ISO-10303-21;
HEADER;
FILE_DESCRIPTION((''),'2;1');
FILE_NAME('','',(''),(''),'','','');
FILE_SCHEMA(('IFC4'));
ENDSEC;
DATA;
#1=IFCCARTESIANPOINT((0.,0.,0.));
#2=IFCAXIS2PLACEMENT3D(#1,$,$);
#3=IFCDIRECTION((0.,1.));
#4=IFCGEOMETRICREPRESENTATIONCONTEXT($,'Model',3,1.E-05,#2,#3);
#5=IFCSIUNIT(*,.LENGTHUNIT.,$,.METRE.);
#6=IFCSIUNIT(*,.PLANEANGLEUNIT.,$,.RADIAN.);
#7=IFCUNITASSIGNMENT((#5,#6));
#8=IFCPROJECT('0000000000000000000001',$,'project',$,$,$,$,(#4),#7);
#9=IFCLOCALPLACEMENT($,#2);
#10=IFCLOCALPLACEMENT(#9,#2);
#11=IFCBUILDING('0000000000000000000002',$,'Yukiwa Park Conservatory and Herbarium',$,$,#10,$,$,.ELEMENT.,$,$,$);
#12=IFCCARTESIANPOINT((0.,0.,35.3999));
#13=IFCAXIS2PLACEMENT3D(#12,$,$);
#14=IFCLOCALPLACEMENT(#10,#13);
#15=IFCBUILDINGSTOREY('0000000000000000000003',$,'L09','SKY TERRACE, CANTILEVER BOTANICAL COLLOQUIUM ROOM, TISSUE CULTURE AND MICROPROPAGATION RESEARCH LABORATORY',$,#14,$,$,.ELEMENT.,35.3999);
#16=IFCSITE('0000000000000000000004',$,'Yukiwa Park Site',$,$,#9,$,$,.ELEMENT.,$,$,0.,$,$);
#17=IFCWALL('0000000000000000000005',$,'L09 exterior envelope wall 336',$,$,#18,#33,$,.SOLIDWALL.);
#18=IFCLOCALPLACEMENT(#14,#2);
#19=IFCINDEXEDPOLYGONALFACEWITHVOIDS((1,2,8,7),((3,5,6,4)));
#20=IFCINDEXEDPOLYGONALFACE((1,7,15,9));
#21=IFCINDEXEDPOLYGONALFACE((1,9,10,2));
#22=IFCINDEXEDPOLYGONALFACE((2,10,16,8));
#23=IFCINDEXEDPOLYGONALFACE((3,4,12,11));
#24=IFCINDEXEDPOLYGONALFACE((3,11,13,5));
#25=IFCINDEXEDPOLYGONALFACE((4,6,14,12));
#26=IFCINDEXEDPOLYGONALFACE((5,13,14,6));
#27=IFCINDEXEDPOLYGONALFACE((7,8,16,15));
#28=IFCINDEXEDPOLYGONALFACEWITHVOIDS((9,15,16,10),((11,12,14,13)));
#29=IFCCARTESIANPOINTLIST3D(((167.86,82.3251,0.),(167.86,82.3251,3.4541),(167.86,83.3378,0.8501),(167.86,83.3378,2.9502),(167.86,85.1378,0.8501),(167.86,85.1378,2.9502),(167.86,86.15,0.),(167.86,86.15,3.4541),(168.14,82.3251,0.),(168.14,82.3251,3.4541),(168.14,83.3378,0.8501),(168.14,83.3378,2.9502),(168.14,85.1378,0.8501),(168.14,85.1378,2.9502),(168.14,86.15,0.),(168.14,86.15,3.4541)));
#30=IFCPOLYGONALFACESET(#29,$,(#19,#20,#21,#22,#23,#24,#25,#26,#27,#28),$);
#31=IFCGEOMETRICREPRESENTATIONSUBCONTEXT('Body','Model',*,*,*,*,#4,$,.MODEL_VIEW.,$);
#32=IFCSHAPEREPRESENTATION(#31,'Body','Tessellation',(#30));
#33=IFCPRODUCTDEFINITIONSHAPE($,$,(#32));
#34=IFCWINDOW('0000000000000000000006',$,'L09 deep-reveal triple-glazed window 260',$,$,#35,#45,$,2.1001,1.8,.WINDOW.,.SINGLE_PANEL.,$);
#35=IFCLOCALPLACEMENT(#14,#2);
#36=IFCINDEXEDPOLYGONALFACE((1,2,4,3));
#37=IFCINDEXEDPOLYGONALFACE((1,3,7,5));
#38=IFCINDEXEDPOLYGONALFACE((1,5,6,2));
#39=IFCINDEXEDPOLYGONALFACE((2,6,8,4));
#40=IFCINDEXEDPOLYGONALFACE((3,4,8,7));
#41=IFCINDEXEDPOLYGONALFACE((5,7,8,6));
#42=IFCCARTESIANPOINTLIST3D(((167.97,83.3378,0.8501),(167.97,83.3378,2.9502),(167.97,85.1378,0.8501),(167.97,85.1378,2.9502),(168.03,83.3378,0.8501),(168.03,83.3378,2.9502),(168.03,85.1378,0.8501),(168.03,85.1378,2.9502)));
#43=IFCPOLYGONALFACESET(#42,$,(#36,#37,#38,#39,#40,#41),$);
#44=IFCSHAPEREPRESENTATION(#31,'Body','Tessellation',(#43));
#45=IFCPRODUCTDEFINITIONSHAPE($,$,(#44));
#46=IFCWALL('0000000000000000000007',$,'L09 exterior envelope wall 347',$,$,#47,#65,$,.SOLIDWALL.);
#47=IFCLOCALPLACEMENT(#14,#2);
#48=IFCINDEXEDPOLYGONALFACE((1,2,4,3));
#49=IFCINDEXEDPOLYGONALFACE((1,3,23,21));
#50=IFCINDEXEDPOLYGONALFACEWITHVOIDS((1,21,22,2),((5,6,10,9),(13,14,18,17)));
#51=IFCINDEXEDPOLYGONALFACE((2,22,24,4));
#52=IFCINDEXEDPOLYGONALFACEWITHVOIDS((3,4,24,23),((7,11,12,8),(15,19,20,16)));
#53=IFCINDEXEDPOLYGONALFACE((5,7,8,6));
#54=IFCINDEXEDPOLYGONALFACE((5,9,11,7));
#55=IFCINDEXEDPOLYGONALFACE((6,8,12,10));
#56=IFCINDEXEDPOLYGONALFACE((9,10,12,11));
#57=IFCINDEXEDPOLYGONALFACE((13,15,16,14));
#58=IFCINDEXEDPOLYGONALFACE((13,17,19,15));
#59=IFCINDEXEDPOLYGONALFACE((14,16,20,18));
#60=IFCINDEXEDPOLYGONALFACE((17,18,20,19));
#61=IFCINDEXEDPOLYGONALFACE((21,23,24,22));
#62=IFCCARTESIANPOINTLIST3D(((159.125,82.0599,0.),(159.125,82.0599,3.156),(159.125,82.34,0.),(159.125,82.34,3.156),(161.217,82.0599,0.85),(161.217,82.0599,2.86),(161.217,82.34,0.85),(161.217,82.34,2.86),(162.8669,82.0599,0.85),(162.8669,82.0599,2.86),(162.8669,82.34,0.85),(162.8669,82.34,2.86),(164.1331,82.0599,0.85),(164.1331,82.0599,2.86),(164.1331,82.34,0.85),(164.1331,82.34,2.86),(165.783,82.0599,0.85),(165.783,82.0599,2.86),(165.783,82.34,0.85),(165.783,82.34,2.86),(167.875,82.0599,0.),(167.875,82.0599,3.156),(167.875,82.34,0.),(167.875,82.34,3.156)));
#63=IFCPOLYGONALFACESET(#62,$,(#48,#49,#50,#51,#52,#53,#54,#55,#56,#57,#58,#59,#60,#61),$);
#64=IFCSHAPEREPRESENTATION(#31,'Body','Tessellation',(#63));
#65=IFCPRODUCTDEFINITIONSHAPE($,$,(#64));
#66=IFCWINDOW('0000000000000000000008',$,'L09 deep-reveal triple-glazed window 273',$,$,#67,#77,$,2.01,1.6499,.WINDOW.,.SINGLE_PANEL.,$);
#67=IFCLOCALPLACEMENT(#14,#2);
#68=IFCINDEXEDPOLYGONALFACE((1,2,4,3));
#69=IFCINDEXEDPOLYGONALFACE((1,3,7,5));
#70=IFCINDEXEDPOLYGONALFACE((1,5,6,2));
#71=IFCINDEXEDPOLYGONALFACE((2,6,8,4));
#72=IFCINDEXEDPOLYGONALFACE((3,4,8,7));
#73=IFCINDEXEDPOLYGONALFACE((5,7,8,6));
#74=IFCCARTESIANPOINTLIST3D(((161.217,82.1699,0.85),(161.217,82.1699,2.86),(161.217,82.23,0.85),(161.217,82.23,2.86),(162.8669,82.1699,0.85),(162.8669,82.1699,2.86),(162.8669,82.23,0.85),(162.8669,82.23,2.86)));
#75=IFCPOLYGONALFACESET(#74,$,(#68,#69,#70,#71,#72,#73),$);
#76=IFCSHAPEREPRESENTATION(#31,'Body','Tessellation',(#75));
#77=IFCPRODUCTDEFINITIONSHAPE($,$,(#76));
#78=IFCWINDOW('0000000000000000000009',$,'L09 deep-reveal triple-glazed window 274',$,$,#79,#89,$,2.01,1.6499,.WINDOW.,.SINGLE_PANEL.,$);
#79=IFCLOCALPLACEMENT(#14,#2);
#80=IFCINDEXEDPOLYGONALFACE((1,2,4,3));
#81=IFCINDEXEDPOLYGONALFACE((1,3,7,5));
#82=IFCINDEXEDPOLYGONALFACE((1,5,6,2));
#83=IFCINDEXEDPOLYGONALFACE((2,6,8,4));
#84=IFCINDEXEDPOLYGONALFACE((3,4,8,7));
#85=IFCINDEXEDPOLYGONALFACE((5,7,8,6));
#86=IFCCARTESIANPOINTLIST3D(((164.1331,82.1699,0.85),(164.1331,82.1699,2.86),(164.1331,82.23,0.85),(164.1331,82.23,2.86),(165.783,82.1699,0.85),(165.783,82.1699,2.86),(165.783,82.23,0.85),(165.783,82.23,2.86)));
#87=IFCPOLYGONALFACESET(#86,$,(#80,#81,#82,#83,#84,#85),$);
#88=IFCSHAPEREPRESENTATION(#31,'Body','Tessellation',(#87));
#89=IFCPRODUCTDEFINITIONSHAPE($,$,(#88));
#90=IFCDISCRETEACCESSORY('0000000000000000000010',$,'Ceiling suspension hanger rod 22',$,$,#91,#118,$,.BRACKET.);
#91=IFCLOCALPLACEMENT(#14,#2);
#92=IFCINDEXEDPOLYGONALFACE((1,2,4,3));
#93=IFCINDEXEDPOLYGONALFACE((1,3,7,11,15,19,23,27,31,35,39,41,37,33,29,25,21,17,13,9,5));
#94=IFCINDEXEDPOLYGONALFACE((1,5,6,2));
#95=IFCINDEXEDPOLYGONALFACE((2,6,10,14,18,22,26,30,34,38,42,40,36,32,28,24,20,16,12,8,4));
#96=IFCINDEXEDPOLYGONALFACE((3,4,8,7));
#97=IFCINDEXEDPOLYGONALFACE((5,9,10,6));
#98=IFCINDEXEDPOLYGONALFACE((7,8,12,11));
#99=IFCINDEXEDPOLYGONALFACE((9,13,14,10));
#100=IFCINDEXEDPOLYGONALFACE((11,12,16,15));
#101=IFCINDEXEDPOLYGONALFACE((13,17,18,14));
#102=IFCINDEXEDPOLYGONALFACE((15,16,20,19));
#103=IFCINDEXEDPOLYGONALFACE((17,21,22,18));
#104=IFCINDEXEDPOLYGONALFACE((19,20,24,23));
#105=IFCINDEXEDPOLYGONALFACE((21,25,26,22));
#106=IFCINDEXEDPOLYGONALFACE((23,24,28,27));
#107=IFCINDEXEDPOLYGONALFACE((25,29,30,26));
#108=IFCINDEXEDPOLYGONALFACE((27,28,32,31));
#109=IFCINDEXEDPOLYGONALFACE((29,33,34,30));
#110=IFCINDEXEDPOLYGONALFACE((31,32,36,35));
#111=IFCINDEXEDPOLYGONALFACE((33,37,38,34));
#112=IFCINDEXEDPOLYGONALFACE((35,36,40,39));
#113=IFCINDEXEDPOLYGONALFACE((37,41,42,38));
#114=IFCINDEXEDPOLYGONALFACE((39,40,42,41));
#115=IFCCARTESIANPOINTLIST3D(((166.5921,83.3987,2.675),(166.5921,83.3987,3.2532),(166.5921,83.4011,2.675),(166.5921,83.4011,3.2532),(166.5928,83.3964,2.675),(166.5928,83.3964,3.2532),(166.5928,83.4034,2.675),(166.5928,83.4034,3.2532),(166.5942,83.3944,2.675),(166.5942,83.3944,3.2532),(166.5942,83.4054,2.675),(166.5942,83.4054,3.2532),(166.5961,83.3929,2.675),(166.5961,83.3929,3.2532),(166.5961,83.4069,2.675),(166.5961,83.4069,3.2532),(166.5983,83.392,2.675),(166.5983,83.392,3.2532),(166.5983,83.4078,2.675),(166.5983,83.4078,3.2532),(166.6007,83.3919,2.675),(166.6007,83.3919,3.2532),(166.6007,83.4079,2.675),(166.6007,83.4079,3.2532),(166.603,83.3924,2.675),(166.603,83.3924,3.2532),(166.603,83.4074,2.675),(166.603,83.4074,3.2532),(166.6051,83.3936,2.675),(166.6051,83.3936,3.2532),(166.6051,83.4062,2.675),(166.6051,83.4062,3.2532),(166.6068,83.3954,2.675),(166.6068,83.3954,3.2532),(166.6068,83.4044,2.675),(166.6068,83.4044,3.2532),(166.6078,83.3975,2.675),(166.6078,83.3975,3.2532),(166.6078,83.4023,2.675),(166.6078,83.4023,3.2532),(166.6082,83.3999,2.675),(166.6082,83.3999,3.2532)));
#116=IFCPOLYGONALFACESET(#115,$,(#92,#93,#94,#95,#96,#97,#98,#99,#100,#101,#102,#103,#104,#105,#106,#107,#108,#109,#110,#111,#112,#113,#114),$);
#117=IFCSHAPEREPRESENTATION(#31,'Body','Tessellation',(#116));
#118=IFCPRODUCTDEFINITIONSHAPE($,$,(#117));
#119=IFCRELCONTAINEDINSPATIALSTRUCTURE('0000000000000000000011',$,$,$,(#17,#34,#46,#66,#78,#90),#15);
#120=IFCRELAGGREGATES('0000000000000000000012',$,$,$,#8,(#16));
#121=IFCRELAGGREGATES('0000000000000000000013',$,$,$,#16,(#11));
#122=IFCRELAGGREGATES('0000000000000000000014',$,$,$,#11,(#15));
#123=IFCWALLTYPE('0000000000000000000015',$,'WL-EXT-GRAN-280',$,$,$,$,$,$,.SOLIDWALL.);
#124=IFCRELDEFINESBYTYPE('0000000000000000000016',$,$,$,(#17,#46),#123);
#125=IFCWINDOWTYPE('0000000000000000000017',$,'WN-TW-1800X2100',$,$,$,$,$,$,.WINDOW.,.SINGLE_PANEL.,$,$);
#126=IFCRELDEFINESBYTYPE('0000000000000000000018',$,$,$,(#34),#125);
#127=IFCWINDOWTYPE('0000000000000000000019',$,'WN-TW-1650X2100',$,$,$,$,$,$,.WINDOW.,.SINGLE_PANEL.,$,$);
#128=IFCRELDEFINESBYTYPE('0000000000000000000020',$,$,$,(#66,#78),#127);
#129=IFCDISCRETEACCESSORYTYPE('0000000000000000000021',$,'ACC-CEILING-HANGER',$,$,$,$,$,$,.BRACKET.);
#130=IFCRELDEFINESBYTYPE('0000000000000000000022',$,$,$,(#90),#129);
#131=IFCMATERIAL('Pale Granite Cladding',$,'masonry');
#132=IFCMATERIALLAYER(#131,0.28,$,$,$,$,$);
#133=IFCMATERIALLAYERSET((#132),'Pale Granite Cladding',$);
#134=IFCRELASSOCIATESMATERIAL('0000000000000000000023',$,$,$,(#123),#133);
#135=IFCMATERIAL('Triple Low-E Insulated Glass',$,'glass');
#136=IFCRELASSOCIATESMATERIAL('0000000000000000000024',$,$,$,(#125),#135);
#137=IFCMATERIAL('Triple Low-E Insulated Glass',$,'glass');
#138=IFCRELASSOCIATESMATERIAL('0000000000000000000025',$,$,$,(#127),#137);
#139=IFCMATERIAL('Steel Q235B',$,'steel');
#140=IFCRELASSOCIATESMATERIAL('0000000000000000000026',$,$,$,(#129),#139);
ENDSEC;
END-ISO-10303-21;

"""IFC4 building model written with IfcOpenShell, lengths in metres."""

from ifc_helpers import new_model, si_unit, direction, frame, frame_2d, origin, origin_2d, place, context, subcontext, project, spatial, rectangle, circle, extrude, material, layer, layer_set, type_object, element, fill, save


model = new_model("IFC4")

# Units and contexts
model_context = context("Model", 3, precision=1e-05, world=origin(), true_north=direction((0.0, 1.0)))
body_context = subcontext(model_context, "Body", "Model", "MODEL_VIEW")
ifc_project = project(units=[si_unit("LENGTHUNIT", "METRE"), si_unit("PLANEANGLEUNIT", "RADIAN")], contexts=[model_context])

# Site, building, storey
site_placement = place(None, origin())
site = spatial("IfcSite", under=ifc_project, at=site_placement, Name="Yukiwa Park Site", CompositionType="ELEMENT", RefElevation=0.0)
building_placement = place(site_placement, origin())
building = spatial("IfcBuilding", under=site, at=building_placement, Name="Yukiwa Park Conservatory and Herbarium", CompositionType="ELEMENT")
storey_placement = place(building_placement, frame((0.0, 0.0, 35.3999)))
storey = spatial("IfcBuildingStorey", under=building, at=storey_placement, Name="L09", Description="SKY TERRACE, CANTILEVER BOTANICAL COLLOQUIUM ROOM, TISSUE CULTURE AND MICROPROPAGATION RESEARCH LABORATORY", CompositionType="ELEMENT", Elevation=35.3999)

# Wall, opening, window
ifc_material_1 = material(Name="Pale Granite Cladding", Category="masonry")
ifc_layer_1 = layer(ifc_material_1, 0.28)
ifc_layer_set_1 = layer_set([ifc_layer_1], Name="Pale Granite Cladding")
wall_type = type_object("IfcWallType", Name="WL-EXT-GRAN-280", PredefinedType="SOLIDWALL", material=ifc_layer_set_1)
wall_1_placement = place(storey_placement, frame((168.0, 82.325, 0.0), z_axis=(0.0, 0.0, 1.0), x_axis=(0.0, 1.0, 0.0)))
wall_1 = element("IfcWall", 1, at=wall_1_placement, inside=storey, type_object=wall_type, Name="L09 exterior envelope wall 336", PredefinedType="SOLIDWALL", context=body_context, shape_type="SweptSolid", body=[
    extrude(rectangle(XDim=3.825, YDim=0.28, at=frame_2d((1.9126, 0.0))), origin(), (0.0, 0.0, 1.0), 3.4541),
])
opening_1_placement = place(wall_1_placement, frame((1.0129, 0.0, 0.8501)))
opening_1 = element("IfcOpeningElement", 2, at=opening_1_placement, cuts=wall_1, PredefinedType="OPENING", context=body_context, shape_type="SweptSolid", body=[
    extrude(rectangle(XDim=1.8, YDim=2.1001, at=frame_2d((0.8999, 1.05))), frame((0.0, 0.1499, 0.0), z_axis=(0.0, -1.0, 0.0), x_axis=(1.0, 0.0, 0.0)), (0.0, 0.0, 1.0), 0.3),
])
ifc_material_2 = material(Name="Triple Low-E Insulated Glass", Category="glass")
window_type_1 = type_object("IfcWindowType", Name="WN-TW-1800X2100", PartitioningType="SINGLE_PANEL", PredefinedType="WINDOW", material=ifc_material_2)
window_1_placement = place(opening_1_placement, origin())
window_1 = element("IfcWindow", 3, at=window_1_placement, inside=storey, type_object=window_type_1, Name="L09 deep-reveal triple-glazed window 260", OverallHeight=2.1001, OverallWidth=1.8, PartitioningType="SINGLE_PANEL", PredefinedType="WINDOW", context=body_context, shape_type="SweptSolid", body=[
    extrude(rectangle(XDim=1.8, YDim=2.1001, at=frame_2d((0.8999, 1.05))), frame((0.0, 0.03, 0.0), z_axis=(0.0, -1.0, 0.0), x_axis=(1.0, 0.0, 0.0)), (0.0, 0.0, 1.0), 0.0601),
])
fill(opening_1, window_1)

# Wall, openings, windows
wall_2_placement = place(storey_placement, frame((159.125, 82.2, 0.0), z_axis=(0.0, 0.0, 1.0), x_axis=(1.0, 0.0, 0.0)))
wall_2 = element("IfcWall", 4, at=wall_2_placement, inside=storey, type_object=wall_type, Name="L09 exterior envelope wall 347", PredefinedType="SOLIDWALL", context=body_context, shape_type="SweptSolid", body=[
    extrude(rectangle(XDim=8.75, YDim=0.28, at=frame_2d((4.375, 0.0))), origin(), (0.0, 0.0, 1.0), 3.156),
])
opening_2_placement = place(wall_2_placement, frame((2.092, 0.0, 0.8501)))
opening_2 = element("IfcOpeningElement", 5, at=opening_2_placement, cuts=wall_2, PredefinedType="OPENING", context=body_context, shape_type="SweptSolid", body=[
    extrude(rectangle(XDim=1.6499, YDim=2.01, at=frame_2d((0.825, 1.0049))), frame((0.0, 0.1499, 0.0), z_axis=(0.0, -1.0, 0.0), x_axis=(1.0, 0.0, 0.0)), (0.0, 0.0, 1.0), 0.3),
])
opening_3_placement = place(wall_2_placement, frame((5.0081, 0.0, 0.8501)))
opening_3 = element("IfcOpeningElement", 6, at=opening_3_placement, cuts=wall_2, PredefinedType="OPENING", context=body_context, shape_type="SweptSolid", body=[
    extrude(rectangle(XDim=1.6499, YDim=2.01, at=frame_2d((0.825, 1.0049))), frame((0.0, 0.1499, 0.0), z_axis=(0.0, -1.0, 0.0), x_axis=(1.0, 0.0, 0.0)), (0.0, 0.0, 1.0), 0.3),
])
ifc_material_3 = material(Name="Triple Low-E Insulated Glass", Category="glass")
window_type_2 = type_object("IfcWindowType", Name="WN-TW-1650X2100", PartitioningType="SINGLE_PANEL", PredefinedType="WINDOW", material=ifc_material_3)
window_2_placement = place(opening_2_placement, origin())
window_2 = element("IfcWindow", 7, at=window_2_placement, inside=storey, type_object=window_type_2, Name="L09 deep-reveal triple-glazed window 273", OverallHeight=2.01, OverallWidth=1.6499, PartitioningType="SINGLE_PANEL", PredefinedType="WINDOW", context=body_context, shape_type="SweptSolid", body=[
    extrude(rectangle(XDim=1.6499, YDim=2.01, at=frame_2d((0.825, 1.0049))), frame((0.0, 0.03, 0.0), z_axis=(0.0, -1.0, 0.0), x_axis=(1.0, 0.0, 0.0)), (0.0, 0.0, 1.0), 0.0601),
])
fill(opening_2, window_2)
window_3_placement = place(opening_3_placement, origin())
window_3 = element("IfcWindow", 8, at=window_3_placement, inside=storey, type_object=window_type_2, Name="L09 deep-reveal triple-glazed window 274", OverallHeight=2.01, OverallWidth=1.6499, PartitioningType="SINGLE_PANEL", PredefinedType="WINDOW", context=body_context, shape_type="SweptSolid", body=[
    extrude(rectangle(XDim=1.6499, YDim=2.01, at=frame_2d((0.825, 1.0049))), frame((0.0, 0.03, 0.0), z_axis=(0.0, -1.0, 0.0), x_axis=(1.0, 0.0, 0.0)), (0.0, 0.0, 1.0), 0.0601),
])
fill(opening_3, window_3)

# Discrete accessory
ifc_material_4 = material(Name="Steel Q235B", Category="steel")
discrete_accessory_type = type_object("IfcDiscreteAccessoryType", Name="ACC-CEILING-HANGER", PredefinedType="BRACKET", material=ifc_material_4)
discrete_accessory_placement = place(storey_placement, frame((166.6001, 83.3999, 2.675), z_axis=(0.0, 0.0, 1.0), x_axis=(1.0, 0.0, 0.0)))
element("IfcDiscreteAccessory", 9, at=discrete_accessory_placement, inside=storey, type_object=discrete_accessory_type, Name="Ceiling suspension hanger rod 22", PredefinedType="BRACKET", context=body_context, shape_type="SweptSolid", body=[
    extrude(circle(Radius=0.0081, at=origin_2d()), origin(), (0.0, 0.0, 1.0), 0.5781),
])

save(model, "model.ifc")
